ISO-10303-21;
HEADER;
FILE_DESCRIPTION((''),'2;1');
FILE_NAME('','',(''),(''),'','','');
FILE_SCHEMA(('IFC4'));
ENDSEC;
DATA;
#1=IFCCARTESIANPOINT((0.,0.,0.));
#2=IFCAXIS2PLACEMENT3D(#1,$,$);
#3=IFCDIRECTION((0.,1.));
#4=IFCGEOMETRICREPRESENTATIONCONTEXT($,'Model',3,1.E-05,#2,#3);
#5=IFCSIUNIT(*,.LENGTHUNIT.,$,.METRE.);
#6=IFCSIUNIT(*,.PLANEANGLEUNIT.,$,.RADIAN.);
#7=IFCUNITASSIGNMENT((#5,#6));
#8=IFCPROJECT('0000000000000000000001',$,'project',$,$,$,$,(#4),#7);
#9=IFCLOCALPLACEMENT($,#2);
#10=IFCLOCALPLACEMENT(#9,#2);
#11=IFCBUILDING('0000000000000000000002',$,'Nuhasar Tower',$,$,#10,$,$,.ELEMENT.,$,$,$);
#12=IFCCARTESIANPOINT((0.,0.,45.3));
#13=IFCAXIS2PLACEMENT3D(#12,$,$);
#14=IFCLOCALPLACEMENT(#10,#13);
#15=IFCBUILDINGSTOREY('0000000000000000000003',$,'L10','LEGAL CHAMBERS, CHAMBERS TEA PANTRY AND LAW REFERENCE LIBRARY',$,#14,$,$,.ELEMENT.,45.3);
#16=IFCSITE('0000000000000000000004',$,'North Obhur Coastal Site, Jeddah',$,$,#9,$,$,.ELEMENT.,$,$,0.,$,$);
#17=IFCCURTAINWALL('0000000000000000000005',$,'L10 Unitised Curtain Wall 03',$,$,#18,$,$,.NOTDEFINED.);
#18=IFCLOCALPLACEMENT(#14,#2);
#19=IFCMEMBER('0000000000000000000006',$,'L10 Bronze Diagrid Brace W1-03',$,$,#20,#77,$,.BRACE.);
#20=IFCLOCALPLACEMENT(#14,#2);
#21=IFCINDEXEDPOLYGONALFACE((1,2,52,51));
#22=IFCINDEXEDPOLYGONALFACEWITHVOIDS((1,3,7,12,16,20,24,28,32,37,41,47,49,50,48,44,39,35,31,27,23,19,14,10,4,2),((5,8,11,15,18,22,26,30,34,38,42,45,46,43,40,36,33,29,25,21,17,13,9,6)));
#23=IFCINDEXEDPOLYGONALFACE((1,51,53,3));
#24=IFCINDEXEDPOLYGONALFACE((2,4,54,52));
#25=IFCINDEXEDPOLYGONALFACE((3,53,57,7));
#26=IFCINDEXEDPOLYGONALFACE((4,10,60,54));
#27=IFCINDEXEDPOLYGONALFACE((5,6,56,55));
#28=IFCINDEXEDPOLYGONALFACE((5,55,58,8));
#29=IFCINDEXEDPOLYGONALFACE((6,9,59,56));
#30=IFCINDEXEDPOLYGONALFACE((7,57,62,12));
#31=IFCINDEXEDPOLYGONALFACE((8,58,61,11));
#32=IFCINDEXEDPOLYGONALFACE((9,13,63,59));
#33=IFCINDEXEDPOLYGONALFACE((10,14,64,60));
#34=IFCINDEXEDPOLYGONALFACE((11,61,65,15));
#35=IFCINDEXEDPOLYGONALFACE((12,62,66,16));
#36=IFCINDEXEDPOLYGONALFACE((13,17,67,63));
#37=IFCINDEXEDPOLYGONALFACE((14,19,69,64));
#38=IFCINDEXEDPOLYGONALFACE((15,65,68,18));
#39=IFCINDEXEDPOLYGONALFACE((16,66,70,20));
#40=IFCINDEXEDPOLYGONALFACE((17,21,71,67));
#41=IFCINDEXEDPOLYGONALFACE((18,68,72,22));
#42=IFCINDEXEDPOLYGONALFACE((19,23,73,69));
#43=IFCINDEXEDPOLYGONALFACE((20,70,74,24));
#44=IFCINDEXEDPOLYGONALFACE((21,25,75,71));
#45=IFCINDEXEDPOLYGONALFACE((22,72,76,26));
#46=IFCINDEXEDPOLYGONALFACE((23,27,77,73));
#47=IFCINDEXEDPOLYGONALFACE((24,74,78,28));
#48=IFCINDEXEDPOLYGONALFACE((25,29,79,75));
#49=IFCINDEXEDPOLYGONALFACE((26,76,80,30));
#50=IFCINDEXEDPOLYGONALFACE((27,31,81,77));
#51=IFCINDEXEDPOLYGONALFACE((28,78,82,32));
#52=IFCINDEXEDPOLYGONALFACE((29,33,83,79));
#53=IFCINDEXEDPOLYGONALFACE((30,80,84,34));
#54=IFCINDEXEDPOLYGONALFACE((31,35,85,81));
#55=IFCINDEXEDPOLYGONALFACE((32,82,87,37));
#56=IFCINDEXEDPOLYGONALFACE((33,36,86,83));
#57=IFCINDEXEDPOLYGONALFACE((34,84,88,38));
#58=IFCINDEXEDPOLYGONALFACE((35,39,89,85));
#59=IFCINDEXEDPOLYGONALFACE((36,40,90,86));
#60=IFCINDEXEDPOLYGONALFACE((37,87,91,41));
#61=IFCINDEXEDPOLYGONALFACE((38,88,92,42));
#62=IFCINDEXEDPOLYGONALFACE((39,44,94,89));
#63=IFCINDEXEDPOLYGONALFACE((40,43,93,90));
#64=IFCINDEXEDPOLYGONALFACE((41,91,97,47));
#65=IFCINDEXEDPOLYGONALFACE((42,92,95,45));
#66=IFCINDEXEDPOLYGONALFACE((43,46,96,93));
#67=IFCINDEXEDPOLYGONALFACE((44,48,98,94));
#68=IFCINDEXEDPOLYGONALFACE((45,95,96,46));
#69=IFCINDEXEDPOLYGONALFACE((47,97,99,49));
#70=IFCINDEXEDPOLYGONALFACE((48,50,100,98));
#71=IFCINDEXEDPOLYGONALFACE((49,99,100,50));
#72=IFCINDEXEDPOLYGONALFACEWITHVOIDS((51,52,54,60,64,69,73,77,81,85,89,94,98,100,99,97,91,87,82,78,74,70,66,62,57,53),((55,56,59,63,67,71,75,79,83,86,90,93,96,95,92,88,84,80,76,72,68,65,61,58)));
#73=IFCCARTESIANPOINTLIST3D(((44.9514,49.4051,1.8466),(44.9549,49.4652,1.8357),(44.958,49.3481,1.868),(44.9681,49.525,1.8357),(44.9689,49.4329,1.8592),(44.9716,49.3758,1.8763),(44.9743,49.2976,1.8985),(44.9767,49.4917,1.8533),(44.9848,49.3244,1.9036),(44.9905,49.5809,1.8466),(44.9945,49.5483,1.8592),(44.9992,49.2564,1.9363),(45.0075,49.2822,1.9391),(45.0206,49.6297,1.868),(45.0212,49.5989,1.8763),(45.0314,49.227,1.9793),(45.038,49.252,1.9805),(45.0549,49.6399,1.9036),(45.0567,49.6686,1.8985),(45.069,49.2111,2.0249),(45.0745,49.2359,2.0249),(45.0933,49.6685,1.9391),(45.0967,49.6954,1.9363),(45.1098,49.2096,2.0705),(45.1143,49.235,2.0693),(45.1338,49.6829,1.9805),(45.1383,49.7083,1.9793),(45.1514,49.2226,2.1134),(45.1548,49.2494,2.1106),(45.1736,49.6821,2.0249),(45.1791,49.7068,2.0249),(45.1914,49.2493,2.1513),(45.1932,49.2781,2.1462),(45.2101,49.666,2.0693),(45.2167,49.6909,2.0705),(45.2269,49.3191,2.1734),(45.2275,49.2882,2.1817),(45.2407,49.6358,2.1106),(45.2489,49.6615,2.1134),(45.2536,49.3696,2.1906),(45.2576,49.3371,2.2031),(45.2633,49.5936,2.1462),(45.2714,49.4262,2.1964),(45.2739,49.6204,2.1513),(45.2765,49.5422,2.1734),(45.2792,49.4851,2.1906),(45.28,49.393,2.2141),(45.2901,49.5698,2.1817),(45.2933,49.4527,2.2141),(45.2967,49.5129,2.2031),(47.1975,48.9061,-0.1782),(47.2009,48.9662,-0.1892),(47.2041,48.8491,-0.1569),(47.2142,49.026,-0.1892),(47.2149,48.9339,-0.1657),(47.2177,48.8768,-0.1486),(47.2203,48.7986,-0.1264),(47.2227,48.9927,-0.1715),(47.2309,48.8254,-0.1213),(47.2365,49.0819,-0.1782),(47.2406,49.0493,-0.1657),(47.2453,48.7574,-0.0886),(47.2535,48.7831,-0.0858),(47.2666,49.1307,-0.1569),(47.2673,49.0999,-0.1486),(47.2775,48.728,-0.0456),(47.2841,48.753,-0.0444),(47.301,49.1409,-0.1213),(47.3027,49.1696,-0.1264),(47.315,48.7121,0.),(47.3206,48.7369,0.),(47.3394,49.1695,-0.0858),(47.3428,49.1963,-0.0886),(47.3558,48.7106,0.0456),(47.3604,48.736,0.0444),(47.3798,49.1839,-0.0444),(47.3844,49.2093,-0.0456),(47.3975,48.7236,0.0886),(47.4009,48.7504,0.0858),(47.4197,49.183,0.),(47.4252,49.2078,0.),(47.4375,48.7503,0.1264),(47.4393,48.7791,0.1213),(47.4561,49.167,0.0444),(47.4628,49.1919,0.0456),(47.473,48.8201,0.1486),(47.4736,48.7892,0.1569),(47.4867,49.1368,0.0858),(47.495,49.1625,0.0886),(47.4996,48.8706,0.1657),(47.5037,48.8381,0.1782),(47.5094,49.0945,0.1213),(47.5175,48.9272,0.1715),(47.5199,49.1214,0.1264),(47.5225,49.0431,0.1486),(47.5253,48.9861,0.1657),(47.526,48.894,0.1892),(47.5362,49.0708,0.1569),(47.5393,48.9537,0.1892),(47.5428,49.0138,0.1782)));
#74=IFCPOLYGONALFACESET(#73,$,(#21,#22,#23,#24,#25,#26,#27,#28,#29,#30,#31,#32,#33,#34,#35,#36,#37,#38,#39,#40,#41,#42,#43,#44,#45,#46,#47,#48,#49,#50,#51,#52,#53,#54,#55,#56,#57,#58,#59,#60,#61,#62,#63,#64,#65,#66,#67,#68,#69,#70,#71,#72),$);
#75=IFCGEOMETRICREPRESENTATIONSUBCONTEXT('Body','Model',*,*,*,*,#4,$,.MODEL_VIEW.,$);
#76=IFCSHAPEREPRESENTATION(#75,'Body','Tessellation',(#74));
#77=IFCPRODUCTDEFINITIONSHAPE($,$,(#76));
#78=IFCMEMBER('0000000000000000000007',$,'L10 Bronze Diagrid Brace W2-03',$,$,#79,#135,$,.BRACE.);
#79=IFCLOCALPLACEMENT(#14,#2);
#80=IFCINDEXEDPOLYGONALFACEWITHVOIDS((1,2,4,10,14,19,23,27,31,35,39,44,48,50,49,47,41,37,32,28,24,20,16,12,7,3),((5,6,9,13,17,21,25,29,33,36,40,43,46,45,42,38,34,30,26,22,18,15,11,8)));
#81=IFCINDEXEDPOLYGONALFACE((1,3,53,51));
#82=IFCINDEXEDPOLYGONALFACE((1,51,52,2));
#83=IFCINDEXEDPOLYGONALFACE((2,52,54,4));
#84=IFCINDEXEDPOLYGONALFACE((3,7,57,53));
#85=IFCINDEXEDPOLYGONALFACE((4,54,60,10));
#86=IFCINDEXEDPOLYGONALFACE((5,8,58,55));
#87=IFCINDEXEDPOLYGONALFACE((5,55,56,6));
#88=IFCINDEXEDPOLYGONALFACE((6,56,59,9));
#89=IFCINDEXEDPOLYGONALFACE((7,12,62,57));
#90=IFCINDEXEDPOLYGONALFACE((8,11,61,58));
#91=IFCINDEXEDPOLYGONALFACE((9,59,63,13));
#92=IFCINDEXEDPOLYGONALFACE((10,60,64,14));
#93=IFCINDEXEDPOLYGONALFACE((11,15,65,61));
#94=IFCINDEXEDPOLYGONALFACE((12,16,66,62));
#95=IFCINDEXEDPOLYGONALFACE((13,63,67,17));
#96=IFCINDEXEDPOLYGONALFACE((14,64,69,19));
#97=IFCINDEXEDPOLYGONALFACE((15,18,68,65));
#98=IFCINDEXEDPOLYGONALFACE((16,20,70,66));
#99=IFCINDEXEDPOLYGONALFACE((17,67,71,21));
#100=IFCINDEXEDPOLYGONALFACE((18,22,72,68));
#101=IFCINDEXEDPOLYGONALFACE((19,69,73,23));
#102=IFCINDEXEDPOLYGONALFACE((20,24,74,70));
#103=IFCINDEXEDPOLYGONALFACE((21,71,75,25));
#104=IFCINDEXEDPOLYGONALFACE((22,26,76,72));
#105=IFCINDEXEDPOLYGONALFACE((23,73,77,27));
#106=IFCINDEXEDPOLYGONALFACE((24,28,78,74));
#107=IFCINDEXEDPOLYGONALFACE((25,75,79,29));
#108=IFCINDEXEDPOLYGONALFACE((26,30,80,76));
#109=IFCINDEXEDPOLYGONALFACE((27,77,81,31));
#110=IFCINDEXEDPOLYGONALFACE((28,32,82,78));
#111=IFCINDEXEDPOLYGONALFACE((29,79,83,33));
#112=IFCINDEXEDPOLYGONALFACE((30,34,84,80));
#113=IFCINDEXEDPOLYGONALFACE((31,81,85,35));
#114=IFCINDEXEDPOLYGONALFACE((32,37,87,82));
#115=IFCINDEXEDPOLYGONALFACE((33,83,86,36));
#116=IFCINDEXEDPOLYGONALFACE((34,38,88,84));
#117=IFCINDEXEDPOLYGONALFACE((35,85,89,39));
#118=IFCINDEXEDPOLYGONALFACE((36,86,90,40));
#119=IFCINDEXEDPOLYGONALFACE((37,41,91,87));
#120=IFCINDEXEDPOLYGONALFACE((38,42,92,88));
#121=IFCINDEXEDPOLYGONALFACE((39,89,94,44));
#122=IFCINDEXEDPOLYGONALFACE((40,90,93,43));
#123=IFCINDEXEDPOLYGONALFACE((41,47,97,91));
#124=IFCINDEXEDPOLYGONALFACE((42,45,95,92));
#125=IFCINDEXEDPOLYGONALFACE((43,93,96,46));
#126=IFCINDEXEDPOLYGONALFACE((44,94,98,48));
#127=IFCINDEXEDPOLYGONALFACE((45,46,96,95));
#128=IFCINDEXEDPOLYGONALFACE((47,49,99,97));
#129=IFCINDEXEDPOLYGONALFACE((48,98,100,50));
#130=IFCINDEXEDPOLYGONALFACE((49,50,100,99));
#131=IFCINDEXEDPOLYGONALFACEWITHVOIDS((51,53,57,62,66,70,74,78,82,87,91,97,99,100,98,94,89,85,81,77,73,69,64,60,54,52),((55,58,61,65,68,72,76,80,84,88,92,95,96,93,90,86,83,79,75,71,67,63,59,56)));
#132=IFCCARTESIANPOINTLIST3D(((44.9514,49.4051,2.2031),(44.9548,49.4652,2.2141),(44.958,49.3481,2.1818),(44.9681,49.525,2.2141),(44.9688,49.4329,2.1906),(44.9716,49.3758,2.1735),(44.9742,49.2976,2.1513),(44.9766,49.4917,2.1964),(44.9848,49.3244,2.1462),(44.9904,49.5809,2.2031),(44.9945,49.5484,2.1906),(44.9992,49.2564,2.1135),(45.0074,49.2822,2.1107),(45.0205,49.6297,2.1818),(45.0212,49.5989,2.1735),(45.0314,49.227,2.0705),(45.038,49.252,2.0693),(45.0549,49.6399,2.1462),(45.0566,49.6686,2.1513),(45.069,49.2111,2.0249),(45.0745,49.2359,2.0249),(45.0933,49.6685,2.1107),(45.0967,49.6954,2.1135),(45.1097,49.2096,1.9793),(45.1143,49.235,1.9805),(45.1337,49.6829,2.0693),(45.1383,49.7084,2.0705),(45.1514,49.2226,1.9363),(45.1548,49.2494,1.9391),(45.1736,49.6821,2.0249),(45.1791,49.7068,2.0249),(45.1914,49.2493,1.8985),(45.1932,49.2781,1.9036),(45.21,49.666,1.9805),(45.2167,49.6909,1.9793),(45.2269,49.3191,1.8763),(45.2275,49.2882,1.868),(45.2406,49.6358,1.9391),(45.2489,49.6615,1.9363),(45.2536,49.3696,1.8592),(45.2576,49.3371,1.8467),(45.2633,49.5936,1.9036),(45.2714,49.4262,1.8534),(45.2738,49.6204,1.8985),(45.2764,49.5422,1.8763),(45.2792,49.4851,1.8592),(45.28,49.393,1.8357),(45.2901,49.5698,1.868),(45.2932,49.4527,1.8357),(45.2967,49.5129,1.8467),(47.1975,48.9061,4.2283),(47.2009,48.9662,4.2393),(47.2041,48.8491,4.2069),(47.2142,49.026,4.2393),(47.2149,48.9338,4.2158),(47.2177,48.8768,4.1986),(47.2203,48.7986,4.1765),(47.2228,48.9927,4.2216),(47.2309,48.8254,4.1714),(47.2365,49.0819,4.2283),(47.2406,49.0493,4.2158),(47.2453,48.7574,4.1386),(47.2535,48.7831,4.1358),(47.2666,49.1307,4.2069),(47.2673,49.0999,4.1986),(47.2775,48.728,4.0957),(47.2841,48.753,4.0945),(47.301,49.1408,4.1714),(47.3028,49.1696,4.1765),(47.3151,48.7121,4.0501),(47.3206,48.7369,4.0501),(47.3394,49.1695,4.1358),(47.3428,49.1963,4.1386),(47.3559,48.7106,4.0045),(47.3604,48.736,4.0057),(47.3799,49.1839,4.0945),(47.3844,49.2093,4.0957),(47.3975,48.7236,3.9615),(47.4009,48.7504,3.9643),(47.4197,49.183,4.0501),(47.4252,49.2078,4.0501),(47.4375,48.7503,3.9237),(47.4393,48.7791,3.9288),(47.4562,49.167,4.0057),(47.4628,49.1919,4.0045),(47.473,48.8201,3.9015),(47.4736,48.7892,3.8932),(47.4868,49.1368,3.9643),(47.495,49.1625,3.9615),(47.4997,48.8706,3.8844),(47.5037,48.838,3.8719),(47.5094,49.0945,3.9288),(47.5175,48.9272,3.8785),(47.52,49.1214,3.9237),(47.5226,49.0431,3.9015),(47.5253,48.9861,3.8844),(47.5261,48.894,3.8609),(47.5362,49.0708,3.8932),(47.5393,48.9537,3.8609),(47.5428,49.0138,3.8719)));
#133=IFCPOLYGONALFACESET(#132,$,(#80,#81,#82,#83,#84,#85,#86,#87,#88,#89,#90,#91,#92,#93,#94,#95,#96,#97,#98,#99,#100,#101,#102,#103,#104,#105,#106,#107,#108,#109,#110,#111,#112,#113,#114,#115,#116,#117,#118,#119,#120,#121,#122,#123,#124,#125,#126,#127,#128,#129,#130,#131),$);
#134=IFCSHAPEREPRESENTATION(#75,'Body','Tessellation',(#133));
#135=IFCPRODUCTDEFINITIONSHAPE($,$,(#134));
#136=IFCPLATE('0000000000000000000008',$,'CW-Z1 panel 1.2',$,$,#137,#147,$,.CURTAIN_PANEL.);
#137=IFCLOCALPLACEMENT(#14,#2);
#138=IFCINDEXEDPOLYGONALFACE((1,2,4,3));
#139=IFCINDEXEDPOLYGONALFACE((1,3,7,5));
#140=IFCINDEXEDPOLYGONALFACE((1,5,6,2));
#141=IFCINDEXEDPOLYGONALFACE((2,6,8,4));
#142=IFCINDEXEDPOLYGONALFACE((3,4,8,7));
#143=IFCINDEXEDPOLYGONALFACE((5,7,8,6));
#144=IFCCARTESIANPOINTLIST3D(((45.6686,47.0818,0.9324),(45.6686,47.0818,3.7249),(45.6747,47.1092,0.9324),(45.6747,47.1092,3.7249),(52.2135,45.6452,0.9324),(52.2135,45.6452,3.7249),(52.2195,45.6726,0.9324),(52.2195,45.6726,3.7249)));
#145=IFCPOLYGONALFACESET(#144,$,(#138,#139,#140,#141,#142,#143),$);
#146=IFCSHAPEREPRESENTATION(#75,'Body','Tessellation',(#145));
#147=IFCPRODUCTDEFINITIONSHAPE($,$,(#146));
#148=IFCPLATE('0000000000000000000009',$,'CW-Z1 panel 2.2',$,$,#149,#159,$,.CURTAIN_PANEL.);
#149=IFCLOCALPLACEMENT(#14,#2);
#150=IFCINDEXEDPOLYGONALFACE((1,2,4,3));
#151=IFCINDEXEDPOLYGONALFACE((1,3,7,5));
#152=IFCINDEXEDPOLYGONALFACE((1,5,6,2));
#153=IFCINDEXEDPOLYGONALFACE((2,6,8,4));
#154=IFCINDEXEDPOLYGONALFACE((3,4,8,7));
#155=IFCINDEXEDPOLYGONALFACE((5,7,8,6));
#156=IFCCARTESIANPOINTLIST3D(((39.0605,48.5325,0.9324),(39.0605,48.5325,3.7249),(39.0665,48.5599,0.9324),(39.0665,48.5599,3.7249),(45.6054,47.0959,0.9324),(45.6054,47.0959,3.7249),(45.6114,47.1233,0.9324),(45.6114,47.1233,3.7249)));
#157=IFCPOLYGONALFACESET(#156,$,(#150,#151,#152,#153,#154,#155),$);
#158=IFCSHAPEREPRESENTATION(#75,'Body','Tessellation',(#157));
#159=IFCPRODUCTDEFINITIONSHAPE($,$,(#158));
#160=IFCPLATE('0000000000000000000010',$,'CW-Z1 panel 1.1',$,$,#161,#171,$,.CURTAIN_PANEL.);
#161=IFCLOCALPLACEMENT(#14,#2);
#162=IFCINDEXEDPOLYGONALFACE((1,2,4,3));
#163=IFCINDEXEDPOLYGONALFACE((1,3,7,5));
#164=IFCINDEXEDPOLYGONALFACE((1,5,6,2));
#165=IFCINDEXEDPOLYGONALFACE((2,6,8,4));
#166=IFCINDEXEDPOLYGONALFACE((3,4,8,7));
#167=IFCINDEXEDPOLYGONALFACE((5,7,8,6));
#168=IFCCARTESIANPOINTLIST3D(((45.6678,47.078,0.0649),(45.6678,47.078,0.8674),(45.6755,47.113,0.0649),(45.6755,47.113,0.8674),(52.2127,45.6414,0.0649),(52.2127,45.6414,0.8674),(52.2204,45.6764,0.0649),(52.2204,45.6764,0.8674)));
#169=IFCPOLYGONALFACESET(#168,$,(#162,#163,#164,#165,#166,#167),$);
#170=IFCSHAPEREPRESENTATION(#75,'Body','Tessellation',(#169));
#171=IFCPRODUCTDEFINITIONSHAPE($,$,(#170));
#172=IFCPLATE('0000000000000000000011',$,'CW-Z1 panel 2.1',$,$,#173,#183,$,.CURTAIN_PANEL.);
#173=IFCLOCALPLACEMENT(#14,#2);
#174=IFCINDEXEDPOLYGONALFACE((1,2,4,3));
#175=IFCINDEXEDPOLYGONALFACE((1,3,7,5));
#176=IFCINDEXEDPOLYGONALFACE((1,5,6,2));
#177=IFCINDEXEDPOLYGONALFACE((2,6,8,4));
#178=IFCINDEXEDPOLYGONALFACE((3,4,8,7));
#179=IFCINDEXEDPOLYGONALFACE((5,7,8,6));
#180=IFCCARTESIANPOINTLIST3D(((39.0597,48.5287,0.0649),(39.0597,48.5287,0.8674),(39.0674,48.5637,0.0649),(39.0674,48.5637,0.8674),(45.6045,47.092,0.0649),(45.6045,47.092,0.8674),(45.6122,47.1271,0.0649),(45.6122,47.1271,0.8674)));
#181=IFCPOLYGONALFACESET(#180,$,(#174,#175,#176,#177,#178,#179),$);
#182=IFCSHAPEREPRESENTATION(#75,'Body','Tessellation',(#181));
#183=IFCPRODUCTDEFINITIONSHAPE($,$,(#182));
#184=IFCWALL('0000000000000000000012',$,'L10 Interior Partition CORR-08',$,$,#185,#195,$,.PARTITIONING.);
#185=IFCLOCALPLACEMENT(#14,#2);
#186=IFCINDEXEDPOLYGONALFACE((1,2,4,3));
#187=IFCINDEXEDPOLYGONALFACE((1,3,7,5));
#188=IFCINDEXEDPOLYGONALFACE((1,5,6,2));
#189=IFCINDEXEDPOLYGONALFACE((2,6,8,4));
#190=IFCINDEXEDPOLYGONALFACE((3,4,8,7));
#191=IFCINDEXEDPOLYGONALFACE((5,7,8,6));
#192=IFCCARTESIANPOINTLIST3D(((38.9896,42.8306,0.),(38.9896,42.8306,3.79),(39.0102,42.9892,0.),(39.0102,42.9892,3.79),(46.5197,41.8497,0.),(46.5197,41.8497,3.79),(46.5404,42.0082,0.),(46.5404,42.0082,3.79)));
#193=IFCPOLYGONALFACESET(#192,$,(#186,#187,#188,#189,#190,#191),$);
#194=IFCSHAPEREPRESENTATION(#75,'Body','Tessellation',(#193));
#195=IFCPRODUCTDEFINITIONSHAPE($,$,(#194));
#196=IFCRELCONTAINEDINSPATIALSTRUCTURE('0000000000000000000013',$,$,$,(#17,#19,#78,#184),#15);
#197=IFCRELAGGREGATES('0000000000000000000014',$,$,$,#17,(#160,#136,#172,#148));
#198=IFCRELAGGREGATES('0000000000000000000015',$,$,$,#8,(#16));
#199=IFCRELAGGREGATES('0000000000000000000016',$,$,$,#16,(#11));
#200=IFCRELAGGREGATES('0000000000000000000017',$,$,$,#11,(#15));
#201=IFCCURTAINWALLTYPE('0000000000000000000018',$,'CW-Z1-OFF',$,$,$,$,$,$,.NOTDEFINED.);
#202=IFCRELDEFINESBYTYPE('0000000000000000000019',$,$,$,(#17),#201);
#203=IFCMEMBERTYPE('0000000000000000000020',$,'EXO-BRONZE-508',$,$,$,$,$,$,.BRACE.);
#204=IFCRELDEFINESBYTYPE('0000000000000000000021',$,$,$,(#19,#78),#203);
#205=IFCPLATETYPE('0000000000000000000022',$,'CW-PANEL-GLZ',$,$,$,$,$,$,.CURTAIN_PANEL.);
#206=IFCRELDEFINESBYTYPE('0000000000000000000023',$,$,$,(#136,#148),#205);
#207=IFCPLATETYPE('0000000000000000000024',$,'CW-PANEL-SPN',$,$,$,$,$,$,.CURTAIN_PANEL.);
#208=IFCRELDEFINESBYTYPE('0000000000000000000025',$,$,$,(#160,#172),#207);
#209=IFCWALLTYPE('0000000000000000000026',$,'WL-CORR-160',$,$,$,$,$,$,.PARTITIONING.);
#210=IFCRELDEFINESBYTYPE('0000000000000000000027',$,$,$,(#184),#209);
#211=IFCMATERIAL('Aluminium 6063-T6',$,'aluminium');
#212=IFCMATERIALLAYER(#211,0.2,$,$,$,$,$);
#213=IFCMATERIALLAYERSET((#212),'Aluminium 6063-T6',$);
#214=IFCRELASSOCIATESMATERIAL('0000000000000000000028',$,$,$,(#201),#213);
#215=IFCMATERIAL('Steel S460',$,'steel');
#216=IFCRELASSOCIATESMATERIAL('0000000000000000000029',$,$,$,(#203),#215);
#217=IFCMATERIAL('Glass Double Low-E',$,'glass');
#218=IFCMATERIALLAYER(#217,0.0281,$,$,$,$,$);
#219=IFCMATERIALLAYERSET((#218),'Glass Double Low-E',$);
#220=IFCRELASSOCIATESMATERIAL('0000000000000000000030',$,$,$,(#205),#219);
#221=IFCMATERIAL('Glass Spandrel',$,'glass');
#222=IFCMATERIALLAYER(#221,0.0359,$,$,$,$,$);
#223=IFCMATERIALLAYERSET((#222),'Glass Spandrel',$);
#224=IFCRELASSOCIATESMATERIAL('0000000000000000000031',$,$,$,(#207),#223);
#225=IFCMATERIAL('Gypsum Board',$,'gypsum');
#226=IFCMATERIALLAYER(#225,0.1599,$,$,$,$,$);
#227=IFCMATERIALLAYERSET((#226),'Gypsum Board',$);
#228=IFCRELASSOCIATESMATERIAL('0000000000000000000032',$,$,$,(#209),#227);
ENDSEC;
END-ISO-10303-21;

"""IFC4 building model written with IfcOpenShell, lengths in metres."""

from ifc_helpers import new_model, si_unit, direction, frame, frame_2d, origin, origin_2d, place, context, subcontext, project, spatial, rectangle, hollow_circle, extrude, material, layer, layer_set, material_profile, profile_set, type_object, element, aggregate, save


model = new_model("IFC4")

# Units and contexts
model_context = context("Model", 3, precision=1e-05, world=origin(), true_north=direction((0.0, 1.0)))
body_context = subcontext(model_context, "Body", "Model", "MODEL_VIEW")
ifc_project = project(units=[si_unit("LENGTHUNIT", "METRE"), si_unit("PLANEANGLEUNIT", "RADIAN")], contexts=[model_context])

# Site, building, storey
site_placement = place(None, origin())
site = spatial("IfcSite", under=ifc_project, at=site_placement, Name="North Obhur Coastal Site, Jeddah", CompositionType="ELEMENT", RefElevation=0.0)
building_placement = place(site_placement, origin())
building = spatial("IfcBuilding", under=site, at=building_placement, Name="Nuhasar Tower", CompositionType="ELEMENT")
storey_placement = place(building_placement, frame((0.0, 0.0, 45.3)))
storey = spatial("IfcBuildingStorey", under=building, at=storey_placement, Name="L10", Description="LEGAL CHAMBERS, CHAMBERS TEA PANTRY AND LAW REFERENCE LIBRARY", CompositionType="ELEMENT", Elevation=45.3)

# Curtain wall
ifc_material_1 = material(Name="Aluminium 6063-T6", Category="aluminium")
ifc_layer_1 = layer(ifc_material_1, 0.2)
ifc_layer_set_1 = layer_set([ifc_layer_1], Name="Aluminium 6063-T6")
curtain_wall_type = type_object("IfcCurtainWallType", Name="CW-Z1-OFF", PredefinedType="NOTDEFINED", material=ifc_layer_set_1)
curtain_wall_placement = place(storey_placement, origin())
curtain_wall = element("IfcCurtainWall", 1, at=curtain_wall_placement, inside=storey, type_object=curtain_wall_type, Name="L10 Unitised Curtain Wall 03", PredefinedType="NOTDEFINED")

# Members
ifc_material_2 = material(Name="Steel S460", Category="steel")
ifc_material_profile_1 = material_profile(ifc_material_2, hollow_circle(Radius=0.2539, WallThickness=0.0254, at=origin_2d()), Name="HSS508X25.4")
ifc_profile_set_1 = profile_set([ifc_material_profile_1], Name="Steel S460")
member_type_1 = type_object("IfcMemberType", Name="EXO-BRONZE-508", PredefinedType="BRACE", material=ifc_profile_set_1)
member_1_placement = place(storey_placement, frame((47.3701, 48.96, 0.0), z_axis=(-0.732821, 0.162814, 0.660654), x_axis=(-0.216886, -0.976197, 0.0)))
element("IfcMember", 2, at=member_1_placement, inside=storey, type_object=member_type_1, Name="L10 Bronze Diagrid Brace W1-03", PredefinedType="BRACE", context=body_context, shape_type="SweptSolid", body=[
    extrude(hollow_circle(Radius=0.2539, WallThickness=0.0254, at=origin_2d()), origin(), (0.0, 0.0, 1.0), 3.0649),
])
member_2_placement = place(storey_placement, frame((45.124, 49.459, 2.0249), z_axis=(0.732783, -0.162805, 0.660699), x_axis=(0.216886, 0.976197, 0.0)))
element("IfcMember", 3, at=member_2_placement, inside=storey, type_object=member_type_1, Name="L10 Bronze Diagrid Brace W2-03", PredefinedType="BRACE", context=body_context, shape_type="SweptSolid", body=[
    extrude(hollow_circle(Radius=0.2539, WallThickness=0.0254, at=origin_2d()), origin(), (0.0, 0.0, 1.0), 3.0652),
])

# Plates
ifc_material_3 = material(Name="Glass Double Low-E", Category="glass")
ifc_layer_2 = layer(ifc_material_3, 0.0281)
ifc_layer_set_2 = layer_set([ifc_layer_2], Name="Glass Double Low-E")
plate_type_1 = type_object("IfcPlateType", Name="CW-PANEL-GLZ", PredefinedType="CURTAIN_PANEL", material=ifc_layer_set_2)
plate_1_placement = place(storey_placement, frame((48.9441, 46.3772, 0.9324), z_axis=(0.0, 0.0, 1.0), x_axis=(-0.976746, 0.214399, 0.0)))
plate_1 = element("IfcPlate", 4, at=plate_1_placement, type_object=plate_type_1, Name="CW-Z1 panel 1.2", PredefinedType="CURTAIN_PANEL", context=body_context, shape_type="SweptSolid", body=[
    extrude(rectangle(XDim=6.7007, YDim=0.0281, at=origin_2d()), origin(), (0.0, 0.0, 1.0), 2.7925),
])
plate_2_placement = place(storey_placement, frame((42.3359, 47.8279, 0.9324), z_axis=(0.0, 0.0, 1.0), x_axis=(-0.976746, 0.214399, 0.0)))
plate_2 = element("IfcPlate", 5, at=plate_2_placement, type_object=plate_type_1, Name="CW-Z1 panel 2.2", PredefinedType="CURTAIN_PANEL", context=body_context, shape_type="SweptSolid", body=[
    extrude(rectangle(XDim=6.7007, YDim=0.0281, at=origin_2d()), origin(), (0.0, 0.0, 1.0), 2.7925),
])
ifc_material_4 = material(Name="Glass Spandrel", Category="glass")
ifc_layer_3 = layer(ifc_material_4, 0.0359)
ifc_layer_set_3 = layer_set([ifc_layer_3], Name="Glass Spandrel")
plate_type_2 = type_object("IfcPlateType", Name="CW-PANEL-SPN", PredefinedType="CURTAIN_PANEL", material=ifc_layer_set_3)
plate_3_placement = place(storey_placement, frame((48.9441, 46.3772, 0.0649), z_axis=(0.0, 0.0, 1.0), x_axis=(-0.976746, 0.214399, 0.0)))
plate_3 = element("IfcPlate", 6, at=plate_3_placement, type_object=plate_type_2, Name="CW-Z1 panel 1.1", PredefinedType="CURTAIN_PANEL", context=body_context, shape_type="SweptSolid", body=[
    extrude(rectangle(XDim=6.7007, YDim=0.0359, at=origin_2d()), origin(), (0.0, 0.0, 1.0), 0.8025),
])
plate_4_placement = place(storey_placement, frame((42.3359, 47.8279, 0.0649), z_axis=(0.0, 0.0, 1.0), x_axis=(-0.976746, 0.214399, 0.0)))
plate_4 = element("IfcPlate", 7, at=plate_4_placement, type_object=plate_type_2, Name="CW-Z1 panel 2.1", PredefinedType="CURTAIN_PANEL", context=body_context, shape_type="SweptSolid", body=[
    extrude(rectangle(XDim=6.7007, YDim=0.0359, at=origin_2d()), origin(), (0.0, 0.0, 1.0), 0.8025),
])
aggregate(curtain_wall, [plate_3, plate_1, plate_4, plate_2])

# Wall
ifc_material_5 = material(Name="Gypsum Board", Category="gypsum")
ifc_layer_4 = layer(ifc_material_5, 0.1599)
ifc_layer_set_4 = layer_set([ifc_layer_4], Name="Gypsum Board")
wall_type_1 = type_object("IfcWallType", Name="WL-CORR-160", PredefinedType="PARTITIONING", material=ifc_layer_set_4)
wall_1_placement = place(storey_placement, frame((46.53, 41.929, 0.0), z_axis=(0.0, 0.0, 1.0), x_axis=(-0.991621, 0.129181, 0.0)))
element("IfcWall", 8, at=wall_1_placement, inside=storey, type_object=wall_type_1, Name="L10 Interior Partition CORR-08", PredefinedType="PARTITIONING", context=body_context, shape_type="SweptSolid", body=[
    extrude(rectangle(XDim=7.5938, YDim=0.1599, at=frame_2d((3.7969, 0.0))), origin(), (0.0, 0.0, 1.0), 3.79),
])

save(model, "model.ifc")
